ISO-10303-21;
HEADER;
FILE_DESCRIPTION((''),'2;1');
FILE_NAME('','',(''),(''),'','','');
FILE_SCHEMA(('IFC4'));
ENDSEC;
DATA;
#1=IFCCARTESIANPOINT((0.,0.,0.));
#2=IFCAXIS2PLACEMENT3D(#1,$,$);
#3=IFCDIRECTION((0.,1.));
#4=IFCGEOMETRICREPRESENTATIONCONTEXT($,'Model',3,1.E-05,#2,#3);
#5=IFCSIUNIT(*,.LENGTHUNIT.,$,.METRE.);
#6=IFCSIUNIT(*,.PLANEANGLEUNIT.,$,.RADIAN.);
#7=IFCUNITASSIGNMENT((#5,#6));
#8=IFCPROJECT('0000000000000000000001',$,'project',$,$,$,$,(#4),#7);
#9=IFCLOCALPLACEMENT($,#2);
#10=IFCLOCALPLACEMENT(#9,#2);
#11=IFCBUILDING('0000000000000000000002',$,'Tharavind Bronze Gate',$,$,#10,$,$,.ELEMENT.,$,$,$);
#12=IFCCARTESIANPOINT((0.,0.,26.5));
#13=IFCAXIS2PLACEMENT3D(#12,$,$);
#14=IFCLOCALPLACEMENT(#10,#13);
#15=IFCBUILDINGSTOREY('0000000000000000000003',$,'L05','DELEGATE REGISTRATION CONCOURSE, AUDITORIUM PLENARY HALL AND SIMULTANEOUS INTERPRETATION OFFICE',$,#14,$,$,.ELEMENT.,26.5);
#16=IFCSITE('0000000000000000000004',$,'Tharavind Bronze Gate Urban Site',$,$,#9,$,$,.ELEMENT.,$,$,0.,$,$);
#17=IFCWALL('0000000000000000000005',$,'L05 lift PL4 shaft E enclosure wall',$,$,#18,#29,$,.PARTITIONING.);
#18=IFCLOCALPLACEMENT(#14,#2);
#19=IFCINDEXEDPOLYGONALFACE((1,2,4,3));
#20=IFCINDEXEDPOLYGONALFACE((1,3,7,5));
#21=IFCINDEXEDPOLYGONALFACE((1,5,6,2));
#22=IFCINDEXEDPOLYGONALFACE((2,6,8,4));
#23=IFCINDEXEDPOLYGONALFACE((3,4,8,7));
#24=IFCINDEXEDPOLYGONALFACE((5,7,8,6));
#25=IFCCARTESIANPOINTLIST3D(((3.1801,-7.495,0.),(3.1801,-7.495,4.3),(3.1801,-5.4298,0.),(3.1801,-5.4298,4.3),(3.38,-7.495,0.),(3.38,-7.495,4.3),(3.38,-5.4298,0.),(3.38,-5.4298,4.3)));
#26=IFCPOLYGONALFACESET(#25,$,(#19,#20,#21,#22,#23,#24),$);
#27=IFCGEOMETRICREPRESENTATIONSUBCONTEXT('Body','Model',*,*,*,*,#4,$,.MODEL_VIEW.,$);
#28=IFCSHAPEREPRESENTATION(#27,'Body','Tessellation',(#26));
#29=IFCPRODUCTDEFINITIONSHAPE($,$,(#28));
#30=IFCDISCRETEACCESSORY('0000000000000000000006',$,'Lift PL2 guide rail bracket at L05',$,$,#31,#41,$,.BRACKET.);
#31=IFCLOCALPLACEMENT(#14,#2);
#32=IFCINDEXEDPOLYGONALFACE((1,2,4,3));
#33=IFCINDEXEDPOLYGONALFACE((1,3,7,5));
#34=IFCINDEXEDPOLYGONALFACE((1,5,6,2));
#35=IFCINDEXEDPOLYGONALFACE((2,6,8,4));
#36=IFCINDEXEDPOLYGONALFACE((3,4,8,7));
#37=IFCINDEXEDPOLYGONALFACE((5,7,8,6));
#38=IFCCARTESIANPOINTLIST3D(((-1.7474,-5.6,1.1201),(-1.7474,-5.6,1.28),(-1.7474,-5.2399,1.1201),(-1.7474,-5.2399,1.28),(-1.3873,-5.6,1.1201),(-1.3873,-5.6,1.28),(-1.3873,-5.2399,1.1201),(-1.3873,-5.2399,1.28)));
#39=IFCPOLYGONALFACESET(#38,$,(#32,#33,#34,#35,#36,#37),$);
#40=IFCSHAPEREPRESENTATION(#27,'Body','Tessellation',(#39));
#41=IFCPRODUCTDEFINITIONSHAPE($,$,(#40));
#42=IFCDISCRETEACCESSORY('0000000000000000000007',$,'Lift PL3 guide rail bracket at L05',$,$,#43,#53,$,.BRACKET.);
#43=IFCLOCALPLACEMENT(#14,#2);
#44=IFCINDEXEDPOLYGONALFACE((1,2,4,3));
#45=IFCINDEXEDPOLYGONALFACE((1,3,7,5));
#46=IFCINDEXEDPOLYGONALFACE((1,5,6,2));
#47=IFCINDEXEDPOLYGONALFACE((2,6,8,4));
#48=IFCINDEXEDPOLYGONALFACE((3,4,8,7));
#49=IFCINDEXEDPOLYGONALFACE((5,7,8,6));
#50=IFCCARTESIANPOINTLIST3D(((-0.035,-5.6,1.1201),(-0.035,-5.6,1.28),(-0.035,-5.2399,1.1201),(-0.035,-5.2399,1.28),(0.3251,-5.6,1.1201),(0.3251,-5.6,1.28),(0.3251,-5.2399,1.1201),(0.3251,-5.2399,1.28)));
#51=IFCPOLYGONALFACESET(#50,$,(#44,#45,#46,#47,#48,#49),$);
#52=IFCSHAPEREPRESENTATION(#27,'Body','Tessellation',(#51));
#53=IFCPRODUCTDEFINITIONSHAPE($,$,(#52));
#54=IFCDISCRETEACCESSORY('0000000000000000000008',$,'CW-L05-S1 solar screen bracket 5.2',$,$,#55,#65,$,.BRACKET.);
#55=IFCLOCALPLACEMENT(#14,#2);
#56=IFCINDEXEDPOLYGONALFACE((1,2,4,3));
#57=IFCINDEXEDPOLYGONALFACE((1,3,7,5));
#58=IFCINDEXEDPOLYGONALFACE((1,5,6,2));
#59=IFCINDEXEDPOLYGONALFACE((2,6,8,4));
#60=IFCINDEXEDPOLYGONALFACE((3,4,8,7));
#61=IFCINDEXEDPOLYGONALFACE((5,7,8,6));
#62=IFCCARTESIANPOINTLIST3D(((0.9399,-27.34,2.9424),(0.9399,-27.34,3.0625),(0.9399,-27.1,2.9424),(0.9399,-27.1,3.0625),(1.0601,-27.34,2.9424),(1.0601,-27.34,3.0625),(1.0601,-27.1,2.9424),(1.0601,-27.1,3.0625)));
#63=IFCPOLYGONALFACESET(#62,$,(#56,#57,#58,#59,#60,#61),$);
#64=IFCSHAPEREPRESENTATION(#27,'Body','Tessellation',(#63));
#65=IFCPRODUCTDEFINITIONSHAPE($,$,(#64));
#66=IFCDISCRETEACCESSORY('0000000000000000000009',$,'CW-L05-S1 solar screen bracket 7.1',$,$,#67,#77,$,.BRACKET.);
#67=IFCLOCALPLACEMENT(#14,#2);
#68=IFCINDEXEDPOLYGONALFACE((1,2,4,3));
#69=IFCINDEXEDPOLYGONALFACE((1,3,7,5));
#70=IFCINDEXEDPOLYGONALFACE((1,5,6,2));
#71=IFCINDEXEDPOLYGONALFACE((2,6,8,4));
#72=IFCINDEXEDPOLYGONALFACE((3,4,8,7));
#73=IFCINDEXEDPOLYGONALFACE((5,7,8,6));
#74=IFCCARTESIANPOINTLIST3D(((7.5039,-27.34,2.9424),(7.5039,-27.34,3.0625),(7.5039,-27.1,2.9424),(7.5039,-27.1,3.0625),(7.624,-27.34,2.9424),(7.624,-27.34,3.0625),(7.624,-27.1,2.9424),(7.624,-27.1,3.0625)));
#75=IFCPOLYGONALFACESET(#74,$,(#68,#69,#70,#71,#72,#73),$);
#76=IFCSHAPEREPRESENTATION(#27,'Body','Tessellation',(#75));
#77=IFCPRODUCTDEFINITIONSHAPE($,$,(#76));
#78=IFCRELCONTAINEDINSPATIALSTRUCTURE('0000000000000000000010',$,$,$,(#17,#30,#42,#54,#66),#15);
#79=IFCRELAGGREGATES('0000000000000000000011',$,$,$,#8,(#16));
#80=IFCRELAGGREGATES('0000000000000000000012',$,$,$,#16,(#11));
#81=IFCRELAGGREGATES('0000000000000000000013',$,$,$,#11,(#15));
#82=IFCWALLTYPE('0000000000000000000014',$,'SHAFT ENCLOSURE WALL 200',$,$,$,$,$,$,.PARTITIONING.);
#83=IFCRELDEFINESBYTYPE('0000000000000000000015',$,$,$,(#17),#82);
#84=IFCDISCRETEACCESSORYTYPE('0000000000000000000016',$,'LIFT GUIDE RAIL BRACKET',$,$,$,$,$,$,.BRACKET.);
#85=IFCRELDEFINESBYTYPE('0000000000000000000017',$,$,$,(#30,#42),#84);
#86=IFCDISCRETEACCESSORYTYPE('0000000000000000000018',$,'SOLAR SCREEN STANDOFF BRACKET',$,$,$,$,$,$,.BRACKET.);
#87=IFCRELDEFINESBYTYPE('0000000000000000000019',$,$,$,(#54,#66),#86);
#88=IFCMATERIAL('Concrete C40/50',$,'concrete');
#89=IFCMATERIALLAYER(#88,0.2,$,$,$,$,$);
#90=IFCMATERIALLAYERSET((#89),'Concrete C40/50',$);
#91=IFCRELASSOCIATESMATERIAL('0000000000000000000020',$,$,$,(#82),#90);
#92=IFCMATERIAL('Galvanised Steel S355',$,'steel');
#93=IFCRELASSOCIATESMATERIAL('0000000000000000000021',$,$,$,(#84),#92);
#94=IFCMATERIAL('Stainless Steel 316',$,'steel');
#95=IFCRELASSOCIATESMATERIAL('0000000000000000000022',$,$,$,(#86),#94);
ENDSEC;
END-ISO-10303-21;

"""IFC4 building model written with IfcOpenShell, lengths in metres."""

from ifc_helpers import new_model, si_unit, direction, frame, frame_2d, origin, origin_2d, place, context, subcontext, project, spatial, rectangle, extrude, material, layer, layer_set, type_object, element, save


model = new_model("IFC4")

# Units and contexts
model_context = context("Model", 3, precision=1e-05, world=origin(), true_north=direction((0.0, 1.0)))
body_context = subcontext(model_context, "Body", "Model", "MODEL_VIEW")
ifc_project = project(units=[si_unit("LENGTHUNIT", "METRE"), si_unit("PLANEANGLEUNIT", "RADIAN")], contexts=[model_context])

# Site, building, storey
site_placement = place(None, origin())
site = spatial("IfcSite", under=ifc_project, at=site_placement, Name="Tharavind Bronze Gate Urban Site", CompositionType="ELEMENT", RefElevation=0.0)
building_placement = place(site_placement, origin())
building = spatial("IfcBuilding", under=site, at=building_placement, Name="Tharavind Bronze Gate", CompositionType="ELEMENT")
storey_placement = place(building_placement, frame((0.0, 0.0, 26.5)))
storey = spatial("IfcBuildingStorey", under=building, at=storey_placement, Name="L05", Description="DELEGATE REGISTRATION CONCOURSE, AUDITORIUM PLENARY HALL AND SIMULTANEOUS INTERPRETATION OFFICE", CompositionType="ELEMENT", Elevation=26.5)

# Wall
ifc_material_1 = material(Name="Concrete C40/50", Category="concrete")
ifc_layer_1 = layer(ifc_material_1, 0.2)
ifc_layer_set_1 = layer_set([ifc_layer_1], Name="Concrete C40/50")
wall_type_1 = type_object("IfcWallType", Name="SHAFT ENCLOSURE WALL 200", PredefinedType="PARTITIONING", material=ifc_layer_set_1)
wall_1_placement = place(storey_placement, frame((3.28, -7.4951, 0.0), z_axis=(0.0, 0.0, 1.0), x_axis=(0.0, 1.0, 0.0)))
element("IfcWall", 1, at=wall_1_placement, inside=storey, type_object=wall_type_1, Name="L05 lift PL4 shaft E enclosure wall", PredefinedType="PARTITIONING", context=body_context, shape_type="SweptSolid", body=[
    extrude(rectangle(XDim=2.0652, YDim=0.2, at=frame_2d((1.0327, 0.0))), origin(), (0.0, 0.0, 1.0), 4.3),
])

# Discrete accessories
ifc_material_2 = material(Name="Galvanised Steel S355", Category="steel")
discrete_accessory_type_1 = type_object("IfcDiscreteAccessoryType", Name="LIFT GUIDE RAIL BRACKET", PredefinedType="BRACKET", material=ifc_material_2)
for number, where, z_axis, x_axis, name in (
    (2, (-1.5674, -5.4199, 1.1201), (0.0, 0.0, 1.0), (1.0, 0.0, 0.0), "Lift PL2 guide rail bracket at L05"),
    (3, (0.145, -5.4199, 1.1201), (0.0, 0.0, 1.0), (1.0, 0.0, 0.0), "Lift PL3 guide rail bracket at L05"),
):
    element("IfcDiscreteAccessory", number, at=place(storey_placement, frame(where, z_axis=z_axis, x_axis=x_axis)), inside=storey, type_object=discrete_accessory_type_1, Name=name, PredefinedType="BRACKET", context=body_context, shape_type="SweptSolid", body=[
        extrude(rectangle(XDim=0.3601, YDim=0.3601, at=origin_2d()), origin(), (0.0, 0.0, 1.0), 0.1599),
    ])
ifc_material_3 = material(Name="Stainless Steel 316", Category="steel")
discrete_accessory_type_2 = type_object("IfcDiscreteAccessoryType", Name="SOLAR SCREEN STANDOFF BRACKET", PredefinedType="BRACKET", material=ifc_material_3)
for number, where, z_axis, x_axis, name in (
    (4, (1.0, -27.22, 2.9424), (0.0, 0.0, 1.0), (1.0, 0.0, 0.0), "CW-L05-S1 solar screen bracket 5.2"),
    (5, (7.564, -27.22, 2.9424), (0.0, 0.0, 1.0), (1.0, 0.0, 0.0), "CW-L05-S1 solar screen bracket 7.1"),
):
    element("IfcDiscreteAccessory", number, at=place(storey_placement, frame(where, z_axis=z_axis, x_axis=x_axis)), inside=storey, type_object=discrete_accessory_type_2, Name=name, PredefinedType="BRACKET", context=body_context, shape_type="SweptSolid", body=[
        extrude(rectangle(XDim=0.1201, YDim=0.24, at=origin_2d()), origin(), (0.0, 0.0, 1.0), 0.1201),
    ])

save(model, "model.ifc")
